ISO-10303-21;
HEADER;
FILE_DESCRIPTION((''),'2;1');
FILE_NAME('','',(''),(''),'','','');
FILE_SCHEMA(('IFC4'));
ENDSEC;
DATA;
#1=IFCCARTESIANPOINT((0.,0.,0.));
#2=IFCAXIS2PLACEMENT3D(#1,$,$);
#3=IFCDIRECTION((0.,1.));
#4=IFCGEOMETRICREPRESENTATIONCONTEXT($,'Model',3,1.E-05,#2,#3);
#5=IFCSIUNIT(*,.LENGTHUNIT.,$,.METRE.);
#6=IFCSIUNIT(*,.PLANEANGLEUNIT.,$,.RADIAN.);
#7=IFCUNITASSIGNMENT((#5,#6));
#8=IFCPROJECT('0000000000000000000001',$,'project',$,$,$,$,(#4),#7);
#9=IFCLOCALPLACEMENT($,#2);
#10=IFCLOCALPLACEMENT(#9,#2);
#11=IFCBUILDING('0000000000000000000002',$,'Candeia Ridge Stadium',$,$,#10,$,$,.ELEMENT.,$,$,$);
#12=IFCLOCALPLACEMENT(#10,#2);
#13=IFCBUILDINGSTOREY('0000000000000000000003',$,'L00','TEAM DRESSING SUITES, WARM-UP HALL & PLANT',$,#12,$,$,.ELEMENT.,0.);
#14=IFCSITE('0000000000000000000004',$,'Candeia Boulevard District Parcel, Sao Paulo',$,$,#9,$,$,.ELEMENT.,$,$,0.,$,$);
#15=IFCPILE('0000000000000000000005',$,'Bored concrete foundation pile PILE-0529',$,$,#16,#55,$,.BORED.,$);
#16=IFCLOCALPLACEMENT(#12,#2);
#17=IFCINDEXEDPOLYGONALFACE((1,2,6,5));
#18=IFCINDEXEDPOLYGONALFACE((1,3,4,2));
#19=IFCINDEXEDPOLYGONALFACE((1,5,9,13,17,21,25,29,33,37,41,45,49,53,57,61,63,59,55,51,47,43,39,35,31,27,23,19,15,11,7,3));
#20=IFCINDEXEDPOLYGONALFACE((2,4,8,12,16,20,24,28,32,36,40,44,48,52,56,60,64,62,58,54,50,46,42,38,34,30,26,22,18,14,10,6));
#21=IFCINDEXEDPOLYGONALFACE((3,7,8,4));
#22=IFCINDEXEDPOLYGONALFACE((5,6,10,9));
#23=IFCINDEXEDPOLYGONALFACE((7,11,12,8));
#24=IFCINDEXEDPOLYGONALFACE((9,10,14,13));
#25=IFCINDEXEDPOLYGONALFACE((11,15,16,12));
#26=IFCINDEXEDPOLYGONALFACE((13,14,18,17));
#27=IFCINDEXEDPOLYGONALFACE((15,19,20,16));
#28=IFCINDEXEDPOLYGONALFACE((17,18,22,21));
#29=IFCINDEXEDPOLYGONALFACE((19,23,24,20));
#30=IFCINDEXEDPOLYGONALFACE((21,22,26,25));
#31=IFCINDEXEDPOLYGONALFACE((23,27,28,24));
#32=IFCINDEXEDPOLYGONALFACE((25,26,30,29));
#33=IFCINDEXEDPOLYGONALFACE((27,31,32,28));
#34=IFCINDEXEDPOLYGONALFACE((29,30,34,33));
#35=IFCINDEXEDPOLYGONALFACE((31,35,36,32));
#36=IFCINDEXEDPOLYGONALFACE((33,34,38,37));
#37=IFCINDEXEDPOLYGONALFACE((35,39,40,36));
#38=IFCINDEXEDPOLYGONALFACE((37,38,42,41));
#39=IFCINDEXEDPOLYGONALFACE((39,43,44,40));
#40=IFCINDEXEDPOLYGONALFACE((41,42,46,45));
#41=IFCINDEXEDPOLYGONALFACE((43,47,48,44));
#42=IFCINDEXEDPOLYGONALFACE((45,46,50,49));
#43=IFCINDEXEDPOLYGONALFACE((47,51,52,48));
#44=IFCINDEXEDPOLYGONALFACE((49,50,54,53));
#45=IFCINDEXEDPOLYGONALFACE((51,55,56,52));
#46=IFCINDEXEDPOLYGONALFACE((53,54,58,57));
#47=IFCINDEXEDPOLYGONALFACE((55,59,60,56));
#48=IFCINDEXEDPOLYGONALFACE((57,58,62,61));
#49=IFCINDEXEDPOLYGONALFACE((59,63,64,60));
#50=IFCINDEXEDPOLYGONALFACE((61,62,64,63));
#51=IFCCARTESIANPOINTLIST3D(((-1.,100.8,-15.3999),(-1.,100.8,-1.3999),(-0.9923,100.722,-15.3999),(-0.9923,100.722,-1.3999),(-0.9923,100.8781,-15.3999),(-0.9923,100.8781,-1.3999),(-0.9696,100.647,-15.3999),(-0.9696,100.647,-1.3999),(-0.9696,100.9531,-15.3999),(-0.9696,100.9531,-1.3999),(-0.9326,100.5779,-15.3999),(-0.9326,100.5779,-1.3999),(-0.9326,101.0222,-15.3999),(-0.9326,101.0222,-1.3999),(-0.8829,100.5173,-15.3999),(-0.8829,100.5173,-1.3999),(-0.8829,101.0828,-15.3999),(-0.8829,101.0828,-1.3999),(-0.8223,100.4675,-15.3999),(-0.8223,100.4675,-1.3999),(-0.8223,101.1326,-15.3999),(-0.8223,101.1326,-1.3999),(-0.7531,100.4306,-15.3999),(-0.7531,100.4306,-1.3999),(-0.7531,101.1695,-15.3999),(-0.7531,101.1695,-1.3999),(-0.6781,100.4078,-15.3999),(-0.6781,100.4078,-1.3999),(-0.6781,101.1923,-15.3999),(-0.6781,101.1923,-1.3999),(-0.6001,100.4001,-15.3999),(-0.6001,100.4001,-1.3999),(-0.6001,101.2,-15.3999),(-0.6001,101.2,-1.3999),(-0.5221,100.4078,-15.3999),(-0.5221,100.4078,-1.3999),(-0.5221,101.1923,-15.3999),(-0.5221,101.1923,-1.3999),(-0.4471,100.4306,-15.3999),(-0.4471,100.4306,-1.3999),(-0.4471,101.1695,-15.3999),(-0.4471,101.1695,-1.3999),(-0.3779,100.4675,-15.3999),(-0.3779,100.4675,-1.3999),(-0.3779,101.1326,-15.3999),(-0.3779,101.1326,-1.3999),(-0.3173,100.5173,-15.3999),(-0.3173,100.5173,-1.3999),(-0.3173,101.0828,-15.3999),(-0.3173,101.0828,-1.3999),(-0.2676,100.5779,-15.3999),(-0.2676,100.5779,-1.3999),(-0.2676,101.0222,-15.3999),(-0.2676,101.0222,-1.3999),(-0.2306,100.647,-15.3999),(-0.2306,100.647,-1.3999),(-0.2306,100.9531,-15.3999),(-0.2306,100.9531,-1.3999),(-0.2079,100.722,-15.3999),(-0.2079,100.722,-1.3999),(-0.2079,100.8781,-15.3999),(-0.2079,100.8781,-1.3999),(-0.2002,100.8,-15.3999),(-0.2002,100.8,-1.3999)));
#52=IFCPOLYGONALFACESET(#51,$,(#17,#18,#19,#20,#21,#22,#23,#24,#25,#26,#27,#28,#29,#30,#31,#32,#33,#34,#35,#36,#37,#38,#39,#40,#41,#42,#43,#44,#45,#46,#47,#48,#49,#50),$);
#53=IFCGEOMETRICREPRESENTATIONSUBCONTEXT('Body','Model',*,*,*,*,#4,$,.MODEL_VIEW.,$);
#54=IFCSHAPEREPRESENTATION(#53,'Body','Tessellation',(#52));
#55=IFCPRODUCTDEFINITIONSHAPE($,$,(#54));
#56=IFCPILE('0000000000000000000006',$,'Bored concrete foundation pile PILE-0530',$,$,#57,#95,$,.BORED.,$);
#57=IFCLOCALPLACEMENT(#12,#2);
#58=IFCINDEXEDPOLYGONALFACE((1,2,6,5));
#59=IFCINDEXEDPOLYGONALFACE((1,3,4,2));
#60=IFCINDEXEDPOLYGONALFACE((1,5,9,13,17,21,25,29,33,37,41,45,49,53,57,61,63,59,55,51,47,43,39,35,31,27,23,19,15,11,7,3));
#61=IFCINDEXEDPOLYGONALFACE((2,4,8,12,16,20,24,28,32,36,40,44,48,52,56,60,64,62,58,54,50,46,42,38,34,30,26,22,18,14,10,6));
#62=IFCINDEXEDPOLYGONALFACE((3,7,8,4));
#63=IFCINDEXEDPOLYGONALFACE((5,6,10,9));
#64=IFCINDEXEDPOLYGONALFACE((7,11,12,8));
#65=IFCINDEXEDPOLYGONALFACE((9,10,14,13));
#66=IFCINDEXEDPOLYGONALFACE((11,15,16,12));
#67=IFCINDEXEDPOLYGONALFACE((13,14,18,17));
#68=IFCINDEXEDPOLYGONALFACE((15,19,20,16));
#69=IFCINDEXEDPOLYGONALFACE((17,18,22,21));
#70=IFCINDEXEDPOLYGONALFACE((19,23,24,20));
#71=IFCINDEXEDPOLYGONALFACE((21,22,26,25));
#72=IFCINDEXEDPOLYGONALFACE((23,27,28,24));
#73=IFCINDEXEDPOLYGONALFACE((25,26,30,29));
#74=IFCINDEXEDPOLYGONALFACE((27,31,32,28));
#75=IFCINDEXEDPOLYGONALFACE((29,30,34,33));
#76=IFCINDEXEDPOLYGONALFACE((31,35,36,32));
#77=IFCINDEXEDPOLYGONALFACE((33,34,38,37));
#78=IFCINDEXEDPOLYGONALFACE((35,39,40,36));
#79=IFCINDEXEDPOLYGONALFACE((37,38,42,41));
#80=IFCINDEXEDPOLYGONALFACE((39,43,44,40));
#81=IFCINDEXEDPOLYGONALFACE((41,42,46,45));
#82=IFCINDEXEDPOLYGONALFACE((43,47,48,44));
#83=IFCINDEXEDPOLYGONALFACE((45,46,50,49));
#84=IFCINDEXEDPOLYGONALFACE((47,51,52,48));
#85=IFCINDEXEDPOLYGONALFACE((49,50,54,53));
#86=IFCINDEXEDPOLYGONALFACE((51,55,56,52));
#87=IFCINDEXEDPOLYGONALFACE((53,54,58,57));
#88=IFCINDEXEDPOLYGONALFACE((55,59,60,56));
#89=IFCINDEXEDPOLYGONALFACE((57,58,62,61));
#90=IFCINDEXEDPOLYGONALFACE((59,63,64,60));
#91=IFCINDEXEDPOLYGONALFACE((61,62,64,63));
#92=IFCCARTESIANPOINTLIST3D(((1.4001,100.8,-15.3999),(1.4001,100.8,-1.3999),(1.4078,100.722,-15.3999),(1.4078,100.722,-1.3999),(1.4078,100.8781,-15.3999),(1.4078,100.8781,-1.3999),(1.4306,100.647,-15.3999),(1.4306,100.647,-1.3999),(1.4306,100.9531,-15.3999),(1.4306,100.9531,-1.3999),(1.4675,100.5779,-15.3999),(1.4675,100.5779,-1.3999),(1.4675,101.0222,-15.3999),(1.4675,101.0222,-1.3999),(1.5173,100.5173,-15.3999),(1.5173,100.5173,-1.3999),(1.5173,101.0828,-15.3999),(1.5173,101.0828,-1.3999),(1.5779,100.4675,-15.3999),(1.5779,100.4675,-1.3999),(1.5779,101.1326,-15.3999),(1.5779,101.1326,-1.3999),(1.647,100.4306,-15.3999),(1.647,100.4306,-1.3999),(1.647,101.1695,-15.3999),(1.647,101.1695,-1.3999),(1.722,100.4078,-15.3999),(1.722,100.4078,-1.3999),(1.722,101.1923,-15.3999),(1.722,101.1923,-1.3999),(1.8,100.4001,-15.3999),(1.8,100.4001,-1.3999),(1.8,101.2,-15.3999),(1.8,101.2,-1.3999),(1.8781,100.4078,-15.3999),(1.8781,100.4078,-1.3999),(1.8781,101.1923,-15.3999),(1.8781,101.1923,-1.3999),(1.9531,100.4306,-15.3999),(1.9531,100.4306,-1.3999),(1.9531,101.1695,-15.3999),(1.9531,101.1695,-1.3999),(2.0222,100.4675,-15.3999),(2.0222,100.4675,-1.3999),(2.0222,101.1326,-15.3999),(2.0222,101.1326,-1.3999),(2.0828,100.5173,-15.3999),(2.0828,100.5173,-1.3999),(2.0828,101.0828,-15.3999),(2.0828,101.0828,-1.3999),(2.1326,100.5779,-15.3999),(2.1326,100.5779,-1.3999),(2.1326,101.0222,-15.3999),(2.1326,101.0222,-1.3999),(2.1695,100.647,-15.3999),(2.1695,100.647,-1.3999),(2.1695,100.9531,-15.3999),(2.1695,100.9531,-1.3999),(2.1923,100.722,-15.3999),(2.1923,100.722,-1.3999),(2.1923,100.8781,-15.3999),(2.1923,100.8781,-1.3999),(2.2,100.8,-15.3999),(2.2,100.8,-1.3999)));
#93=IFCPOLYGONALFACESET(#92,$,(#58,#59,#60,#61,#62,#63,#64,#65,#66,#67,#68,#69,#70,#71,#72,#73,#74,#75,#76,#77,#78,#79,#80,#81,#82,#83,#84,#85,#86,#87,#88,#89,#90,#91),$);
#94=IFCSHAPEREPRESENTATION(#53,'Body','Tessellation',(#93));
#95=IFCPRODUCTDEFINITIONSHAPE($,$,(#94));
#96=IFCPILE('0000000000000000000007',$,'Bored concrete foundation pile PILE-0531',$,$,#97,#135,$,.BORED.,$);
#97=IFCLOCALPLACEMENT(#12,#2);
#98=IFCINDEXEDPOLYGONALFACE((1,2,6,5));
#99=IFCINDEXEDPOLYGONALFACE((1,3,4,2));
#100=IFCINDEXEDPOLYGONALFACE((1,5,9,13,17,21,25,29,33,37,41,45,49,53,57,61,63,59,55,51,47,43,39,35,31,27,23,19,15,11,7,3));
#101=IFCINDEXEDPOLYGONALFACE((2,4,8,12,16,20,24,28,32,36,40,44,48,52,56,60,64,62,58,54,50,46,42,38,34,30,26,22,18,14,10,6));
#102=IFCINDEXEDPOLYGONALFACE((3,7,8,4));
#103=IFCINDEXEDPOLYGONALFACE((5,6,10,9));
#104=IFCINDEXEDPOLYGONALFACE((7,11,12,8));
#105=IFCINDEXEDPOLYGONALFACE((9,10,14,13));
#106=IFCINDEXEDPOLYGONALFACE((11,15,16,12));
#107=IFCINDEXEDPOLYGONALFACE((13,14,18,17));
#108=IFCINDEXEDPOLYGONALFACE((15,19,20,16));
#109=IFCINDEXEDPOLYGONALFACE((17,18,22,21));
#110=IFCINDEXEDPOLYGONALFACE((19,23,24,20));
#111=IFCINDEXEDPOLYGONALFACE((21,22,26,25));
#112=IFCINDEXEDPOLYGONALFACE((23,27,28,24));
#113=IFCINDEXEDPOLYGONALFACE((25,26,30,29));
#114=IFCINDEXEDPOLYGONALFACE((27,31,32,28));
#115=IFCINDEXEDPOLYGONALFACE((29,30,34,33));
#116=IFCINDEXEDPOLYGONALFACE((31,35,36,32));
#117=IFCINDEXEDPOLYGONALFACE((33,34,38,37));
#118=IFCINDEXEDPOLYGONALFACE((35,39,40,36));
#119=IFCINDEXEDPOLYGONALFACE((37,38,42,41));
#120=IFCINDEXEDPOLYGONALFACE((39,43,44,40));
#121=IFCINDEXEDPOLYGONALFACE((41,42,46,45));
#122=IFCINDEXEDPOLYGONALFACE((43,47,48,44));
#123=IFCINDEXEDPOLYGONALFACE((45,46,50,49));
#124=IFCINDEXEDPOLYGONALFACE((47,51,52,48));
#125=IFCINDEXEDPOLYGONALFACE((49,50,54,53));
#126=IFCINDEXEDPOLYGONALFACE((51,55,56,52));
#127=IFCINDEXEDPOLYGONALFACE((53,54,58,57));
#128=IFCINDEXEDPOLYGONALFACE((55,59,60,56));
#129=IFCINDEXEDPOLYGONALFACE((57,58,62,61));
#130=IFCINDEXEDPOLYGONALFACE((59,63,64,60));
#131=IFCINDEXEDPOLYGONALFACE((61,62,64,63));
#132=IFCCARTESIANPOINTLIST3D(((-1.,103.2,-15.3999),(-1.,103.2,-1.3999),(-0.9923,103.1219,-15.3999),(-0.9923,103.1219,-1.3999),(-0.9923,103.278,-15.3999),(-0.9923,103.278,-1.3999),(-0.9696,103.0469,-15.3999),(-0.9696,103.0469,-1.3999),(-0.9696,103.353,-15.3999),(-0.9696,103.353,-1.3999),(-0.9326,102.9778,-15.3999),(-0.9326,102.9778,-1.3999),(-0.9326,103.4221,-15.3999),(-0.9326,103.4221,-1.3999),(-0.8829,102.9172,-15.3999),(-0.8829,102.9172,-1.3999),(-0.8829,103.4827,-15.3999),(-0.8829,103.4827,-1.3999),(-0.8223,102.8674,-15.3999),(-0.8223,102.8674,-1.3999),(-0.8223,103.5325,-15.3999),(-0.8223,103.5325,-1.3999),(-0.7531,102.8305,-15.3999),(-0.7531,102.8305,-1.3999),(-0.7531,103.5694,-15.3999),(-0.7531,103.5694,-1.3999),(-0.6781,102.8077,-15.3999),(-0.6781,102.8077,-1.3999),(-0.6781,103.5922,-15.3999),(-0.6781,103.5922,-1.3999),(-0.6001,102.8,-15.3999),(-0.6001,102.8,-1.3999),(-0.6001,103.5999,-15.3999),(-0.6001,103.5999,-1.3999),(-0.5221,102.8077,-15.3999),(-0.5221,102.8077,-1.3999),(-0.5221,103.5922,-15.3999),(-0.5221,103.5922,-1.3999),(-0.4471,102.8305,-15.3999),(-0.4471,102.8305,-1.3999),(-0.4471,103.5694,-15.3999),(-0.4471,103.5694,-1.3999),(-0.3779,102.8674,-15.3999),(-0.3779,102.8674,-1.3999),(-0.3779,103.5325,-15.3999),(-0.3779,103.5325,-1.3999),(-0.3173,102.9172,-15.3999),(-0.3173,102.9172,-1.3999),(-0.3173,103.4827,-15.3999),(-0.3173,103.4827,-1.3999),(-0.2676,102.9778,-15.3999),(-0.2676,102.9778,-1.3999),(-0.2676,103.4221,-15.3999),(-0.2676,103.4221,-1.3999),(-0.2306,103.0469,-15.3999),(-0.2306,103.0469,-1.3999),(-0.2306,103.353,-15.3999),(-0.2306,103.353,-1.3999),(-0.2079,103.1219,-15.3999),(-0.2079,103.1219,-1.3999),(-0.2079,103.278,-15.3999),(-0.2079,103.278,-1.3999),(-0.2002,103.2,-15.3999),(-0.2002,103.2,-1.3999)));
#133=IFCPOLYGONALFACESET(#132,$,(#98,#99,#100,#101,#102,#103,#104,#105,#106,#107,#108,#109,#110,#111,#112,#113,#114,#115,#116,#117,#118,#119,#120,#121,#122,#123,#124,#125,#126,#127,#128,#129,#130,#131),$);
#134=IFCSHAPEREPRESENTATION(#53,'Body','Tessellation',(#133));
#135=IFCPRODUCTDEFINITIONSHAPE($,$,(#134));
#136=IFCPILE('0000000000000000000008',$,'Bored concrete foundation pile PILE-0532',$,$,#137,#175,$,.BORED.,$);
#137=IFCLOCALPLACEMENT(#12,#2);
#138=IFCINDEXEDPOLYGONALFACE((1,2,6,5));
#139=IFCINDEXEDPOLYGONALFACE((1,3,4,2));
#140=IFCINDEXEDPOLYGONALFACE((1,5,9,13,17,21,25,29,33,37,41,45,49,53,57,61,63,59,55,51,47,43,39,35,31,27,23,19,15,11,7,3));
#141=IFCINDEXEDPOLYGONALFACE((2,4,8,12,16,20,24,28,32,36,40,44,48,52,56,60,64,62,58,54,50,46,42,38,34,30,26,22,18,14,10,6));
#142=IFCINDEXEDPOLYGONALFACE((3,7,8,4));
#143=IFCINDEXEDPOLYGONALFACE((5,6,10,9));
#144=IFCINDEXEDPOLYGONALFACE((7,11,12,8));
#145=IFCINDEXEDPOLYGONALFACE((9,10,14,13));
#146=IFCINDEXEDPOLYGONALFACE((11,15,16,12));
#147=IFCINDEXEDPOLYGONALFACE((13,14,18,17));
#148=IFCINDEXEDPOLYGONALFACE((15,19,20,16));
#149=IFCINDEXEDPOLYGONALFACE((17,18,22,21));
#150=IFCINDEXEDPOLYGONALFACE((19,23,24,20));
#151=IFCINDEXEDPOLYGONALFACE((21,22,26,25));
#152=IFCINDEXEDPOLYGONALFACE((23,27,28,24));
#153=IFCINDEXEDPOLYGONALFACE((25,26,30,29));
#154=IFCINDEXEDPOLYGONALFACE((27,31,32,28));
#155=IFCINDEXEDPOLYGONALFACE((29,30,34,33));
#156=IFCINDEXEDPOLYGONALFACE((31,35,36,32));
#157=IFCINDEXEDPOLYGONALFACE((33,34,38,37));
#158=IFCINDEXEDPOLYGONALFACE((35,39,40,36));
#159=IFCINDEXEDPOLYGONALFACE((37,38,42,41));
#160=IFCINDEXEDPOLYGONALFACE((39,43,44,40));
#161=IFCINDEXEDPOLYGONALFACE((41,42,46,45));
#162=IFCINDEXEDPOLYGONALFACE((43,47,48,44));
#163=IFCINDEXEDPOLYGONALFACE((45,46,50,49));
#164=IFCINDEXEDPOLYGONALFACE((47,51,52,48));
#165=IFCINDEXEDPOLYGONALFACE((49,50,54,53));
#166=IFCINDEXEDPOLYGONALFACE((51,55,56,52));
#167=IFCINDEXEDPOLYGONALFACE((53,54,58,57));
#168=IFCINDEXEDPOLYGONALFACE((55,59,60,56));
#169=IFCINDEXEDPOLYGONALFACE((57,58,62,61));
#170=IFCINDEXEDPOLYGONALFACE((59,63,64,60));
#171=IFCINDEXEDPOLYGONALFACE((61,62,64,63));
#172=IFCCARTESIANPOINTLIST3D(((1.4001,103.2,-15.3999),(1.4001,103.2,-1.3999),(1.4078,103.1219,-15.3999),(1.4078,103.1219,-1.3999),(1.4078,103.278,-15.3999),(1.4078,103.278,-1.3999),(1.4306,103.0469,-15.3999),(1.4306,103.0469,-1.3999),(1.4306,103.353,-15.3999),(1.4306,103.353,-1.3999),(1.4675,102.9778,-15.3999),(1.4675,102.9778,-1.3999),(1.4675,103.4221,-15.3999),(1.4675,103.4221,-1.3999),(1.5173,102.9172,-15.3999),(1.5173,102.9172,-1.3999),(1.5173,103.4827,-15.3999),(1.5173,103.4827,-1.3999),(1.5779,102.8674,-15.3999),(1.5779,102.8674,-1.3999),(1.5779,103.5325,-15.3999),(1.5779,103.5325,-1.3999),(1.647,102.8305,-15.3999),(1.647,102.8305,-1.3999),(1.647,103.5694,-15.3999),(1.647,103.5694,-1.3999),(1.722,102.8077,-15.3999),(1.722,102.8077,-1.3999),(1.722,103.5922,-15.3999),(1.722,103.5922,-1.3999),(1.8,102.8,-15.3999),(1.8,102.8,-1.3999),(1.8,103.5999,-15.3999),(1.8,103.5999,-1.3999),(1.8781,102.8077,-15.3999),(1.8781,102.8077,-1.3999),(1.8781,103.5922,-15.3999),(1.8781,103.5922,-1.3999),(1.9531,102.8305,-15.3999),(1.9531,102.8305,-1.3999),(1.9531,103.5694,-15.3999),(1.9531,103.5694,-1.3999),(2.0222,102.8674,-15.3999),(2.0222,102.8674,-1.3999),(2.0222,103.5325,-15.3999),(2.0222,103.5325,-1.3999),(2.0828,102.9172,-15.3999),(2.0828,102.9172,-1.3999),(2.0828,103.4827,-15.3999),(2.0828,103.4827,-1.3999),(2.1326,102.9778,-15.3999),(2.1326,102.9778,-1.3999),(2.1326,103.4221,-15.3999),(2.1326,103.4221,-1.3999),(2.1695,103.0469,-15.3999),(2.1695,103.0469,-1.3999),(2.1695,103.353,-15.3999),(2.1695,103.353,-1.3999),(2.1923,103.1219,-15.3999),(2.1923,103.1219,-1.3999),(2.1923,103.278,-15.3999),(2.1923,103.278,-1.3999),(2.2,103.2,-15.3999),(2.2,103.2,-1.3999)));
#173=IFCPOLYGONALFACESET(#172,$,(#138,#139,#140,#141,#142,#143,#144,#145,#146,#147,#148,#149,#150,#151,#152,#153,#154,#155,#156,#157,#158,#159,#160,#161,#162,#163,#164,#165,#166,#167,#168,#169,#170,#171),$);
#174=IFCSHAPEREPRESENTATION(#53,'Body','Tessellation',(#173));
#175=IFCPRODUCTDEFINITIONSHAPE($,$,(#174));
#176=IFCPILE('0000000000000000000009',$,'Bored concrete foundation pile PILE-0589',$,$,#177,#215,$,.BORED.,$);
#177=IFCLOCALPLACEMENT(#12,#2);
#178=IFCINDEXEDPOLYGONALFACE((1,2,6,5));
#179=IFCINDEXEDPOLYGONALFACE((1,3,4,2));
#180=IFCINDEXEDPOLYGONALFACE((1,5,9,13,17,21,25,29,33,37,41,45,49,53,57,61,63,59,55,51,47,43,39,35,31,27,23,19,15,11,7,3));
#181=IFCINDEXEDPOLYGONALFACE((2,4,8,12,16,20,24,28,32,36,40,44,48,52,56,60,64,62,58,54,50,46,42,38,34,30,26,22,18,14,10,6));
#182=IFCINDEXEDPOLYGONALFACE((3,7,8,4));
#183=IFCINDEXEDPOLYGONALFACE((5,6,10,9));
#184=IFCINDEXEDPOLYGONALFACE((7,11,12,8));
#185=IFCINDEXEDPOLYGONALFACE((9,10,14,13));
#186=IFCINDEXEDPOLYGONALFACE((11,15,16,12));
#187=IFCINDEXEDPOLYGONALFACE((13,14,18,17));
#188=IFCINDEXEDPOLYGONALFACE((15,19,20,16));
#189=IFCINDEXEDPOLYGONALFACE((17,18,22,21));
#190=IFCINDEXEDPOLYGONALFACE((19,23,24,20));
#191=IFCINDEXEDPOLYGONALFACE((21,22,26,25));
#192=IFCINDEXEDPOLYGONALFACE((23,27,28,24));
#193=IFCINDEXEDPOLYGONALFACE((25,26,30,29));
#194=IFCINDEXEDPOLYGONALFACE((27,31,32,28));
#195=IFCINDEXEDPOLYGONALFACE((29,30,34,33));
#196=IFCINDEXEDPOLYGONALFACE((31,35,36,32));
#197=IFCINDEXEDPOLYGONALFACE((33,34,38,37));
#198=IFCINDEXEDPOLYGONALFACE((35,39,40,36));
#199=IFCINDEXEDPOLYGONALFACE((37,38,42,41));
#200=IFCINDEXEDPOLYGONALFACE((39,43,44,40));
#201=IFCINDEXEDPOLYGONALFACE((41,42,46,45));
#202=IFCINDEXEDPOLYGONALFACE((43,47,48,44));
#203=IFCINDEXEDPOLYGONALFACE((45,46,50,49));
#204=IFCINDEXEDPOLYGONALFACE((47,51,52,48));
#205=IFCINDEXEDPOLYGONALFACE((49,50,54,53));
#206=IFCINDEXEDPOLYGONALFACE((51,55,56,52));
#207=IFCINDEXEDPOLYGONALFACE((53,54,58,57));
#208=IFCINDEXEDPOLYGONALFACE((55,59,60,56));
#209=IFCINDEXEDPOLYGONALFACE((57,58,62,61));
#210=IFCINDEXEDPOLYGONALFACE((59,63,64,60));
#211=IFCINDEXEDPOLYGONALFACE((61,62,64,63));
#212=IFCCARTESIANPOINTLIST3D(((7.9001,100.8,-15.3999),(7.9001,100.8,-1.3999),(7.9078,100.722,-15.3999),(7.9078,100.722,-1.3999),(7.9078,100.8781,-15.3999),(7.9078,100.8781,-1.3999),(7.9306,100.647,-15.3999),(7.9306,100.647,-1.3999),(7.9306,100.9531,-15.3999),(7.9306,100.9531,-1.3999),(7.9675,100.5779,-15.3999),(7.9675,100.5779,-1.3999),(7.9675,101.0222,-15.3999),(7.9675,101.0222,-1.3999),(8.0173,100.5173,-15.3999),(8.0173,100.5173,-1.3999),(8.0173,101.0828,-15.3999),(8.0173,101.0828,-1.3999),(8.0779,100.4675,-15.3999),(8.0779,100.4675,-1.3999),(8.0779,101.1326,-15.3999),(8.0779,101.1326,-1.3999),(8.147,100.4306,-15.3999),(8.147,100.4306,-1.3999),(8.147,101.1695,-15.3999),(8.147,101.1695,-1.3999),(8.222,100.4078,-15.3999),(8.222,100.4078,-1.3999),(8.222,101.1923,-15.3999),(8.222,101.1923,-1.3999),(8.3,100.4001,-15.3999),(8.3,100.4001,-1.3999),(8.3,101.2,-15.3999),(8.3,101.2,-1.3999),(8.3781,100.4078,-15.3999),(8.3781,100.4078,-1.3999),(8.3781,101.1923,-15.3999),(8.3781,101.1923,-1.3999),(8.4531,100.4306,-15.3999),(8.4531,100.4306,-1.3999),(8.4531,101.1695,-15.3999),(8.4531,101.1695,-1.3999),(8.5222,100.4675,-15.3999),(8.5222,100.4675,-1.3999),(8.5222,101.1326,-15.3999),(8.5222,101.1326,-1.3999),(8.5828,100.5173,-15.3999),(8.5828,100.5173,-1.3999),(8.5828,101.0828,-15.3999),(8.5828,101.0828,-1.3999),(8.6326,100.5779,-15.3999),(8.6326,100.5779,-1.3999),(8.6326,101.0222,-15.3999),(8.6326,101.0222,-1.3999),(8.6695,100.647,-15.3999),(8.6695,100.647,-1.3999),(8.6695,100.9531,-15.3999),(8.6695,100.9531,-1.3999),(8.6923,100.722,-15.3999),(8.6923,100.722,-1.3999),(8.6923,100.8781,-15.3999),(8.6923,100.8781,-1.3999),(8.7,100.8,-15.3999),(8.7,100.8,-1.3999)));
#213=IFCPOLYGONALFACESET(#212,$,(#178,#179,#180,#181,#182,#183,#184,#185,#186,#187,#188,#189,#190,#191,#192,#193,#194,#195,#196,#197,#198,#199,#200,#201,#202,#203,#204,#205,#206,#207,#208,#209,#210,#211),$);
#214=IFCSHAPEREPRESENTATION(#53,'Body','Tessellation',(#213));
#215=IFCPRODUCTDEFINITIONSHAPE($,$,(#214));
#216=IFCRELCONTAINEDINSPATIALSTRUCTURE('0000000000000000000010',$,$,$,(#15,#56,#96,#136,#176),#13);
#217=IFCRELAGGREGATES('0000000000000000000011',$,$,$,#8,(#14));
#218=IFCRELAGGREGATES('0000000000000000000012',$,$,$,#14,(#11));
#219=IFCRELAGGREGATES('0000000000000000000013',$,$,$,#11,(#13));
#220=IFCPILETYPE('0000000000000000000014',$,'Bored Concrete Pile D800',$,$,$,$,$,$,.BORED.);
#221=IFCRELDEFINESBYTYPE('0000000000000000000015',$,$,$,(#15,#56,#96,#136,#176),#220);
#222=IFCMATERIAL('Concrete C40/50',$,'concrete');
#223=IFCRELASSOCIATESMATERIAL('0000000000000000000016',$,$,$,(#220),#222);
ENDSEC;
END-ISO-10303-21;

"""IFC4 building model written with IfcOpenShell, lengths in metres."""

from ifc_helpers import new_model, si_unit, direction, frame, origin, origin_2d, place, context, subcontext, project, spatial, circle, extrude, material, material_profile, profile_set, type_object, element, save


model = new_model("IFC4")

# Units and contexts
model_context = context("Model", 3, precision=1e-05, world=origin(), true_north=direction((0.0, 1.0)))
body_context = subcontext(model_context, "Body", "Model", "MODEL_VIEW")
ifc_project = project(units=[si_unit("LENGTHUNIT", "METRE"), si_unit("PLANEANGLEUNIT", "RADIAN")], contexts=[model_context])

# Site, building, storey
site_placement = place(None, origin())
site = spatial("IfcSite", under=ifc_project, at=site_placement, Name="Candeia Boulevard District Parcel, Sao Paulo", CompositionType="ELEMENT", RefElevation=0.0)
building_placement = place(site_placement, origin())
building = spatial("IfcBuilding", under=site, at=building_placement, Name="Candeia Ridge Stadium", CompositionType="ELEMENT")
storey_placement = place(building_placement, origin())
storey = spatial("IfcBuildingStorey", under=building, at=storey_placement, Name="L00", Description="TEAM DRESSING SUITES, WARM-UP HALL & PLANT", CompositionType="ELEMENT", Elevation=0.0)

# Piles
ifc_material_1 = material(Name="Concrete C40/50", Category="concrete")
ifc_material_profile_1 = material_profile(ifc_material_1, circle(Radius=0.3999, at=origin_2d()), Name="PILE-D800", Category="concrete")
ifc_profile_set_1 = profile_set([ifc_material_profile_1], Name="Concrete C40/50")
pile_type = type_object("IfcPileType", Name="Bored Concrete Pile D800", PredefinedType="BORED", material=ifc_profile_set_1)
for number, where, z_axis, x_axis, name in (
    (1, (-0.6001, 100.8, -1.3999), (0.0, 0.0, -1.0), (1.0, 0.0, 0.0), "Bored concrete foundation pile PILE-0529"),
    (2, (1.8, 100.8, -1.3999), (0.0, 0.0, -1.0), (1.0, 0.0, 0.0), "Bored concrete foundation pile PILE-0530"),
    (3, (-0.6001, 103.2, -1.3999), (0.0, 0.0, -1.0), (1.0, 0.0, 0.0), "Bored concrete foundation pile PILE-0531"),
    (4, (1.8, 103.2, -1.3999), (0.0, 0.0, -1.0), (1.0, 0.0, 0.0), "Bored concrete foundation pile PILE-0532"),
    (5, (8.3, 100.8, -1.3999), (0.0, 0.0, -1.0), (1.0, 0.0, 0.0), "Bored concrete foundation pile PILE-0589"),
):
    element("IfcPile", number, at=place(storey_placement, frame(where, z_axis=z_axis, x_axis=x_axis)), inside=storey, type_object=pile_type, Name=name, PredefinedType="BORED", context=body_context, shape_type="SweptSolid", body=[
        extrude(circle(Radius=0.3999, at=origin_2d()), origin(), (0.0, 0.0, 1.0), 14.0),
    ])

save(model, "model.ifc")
